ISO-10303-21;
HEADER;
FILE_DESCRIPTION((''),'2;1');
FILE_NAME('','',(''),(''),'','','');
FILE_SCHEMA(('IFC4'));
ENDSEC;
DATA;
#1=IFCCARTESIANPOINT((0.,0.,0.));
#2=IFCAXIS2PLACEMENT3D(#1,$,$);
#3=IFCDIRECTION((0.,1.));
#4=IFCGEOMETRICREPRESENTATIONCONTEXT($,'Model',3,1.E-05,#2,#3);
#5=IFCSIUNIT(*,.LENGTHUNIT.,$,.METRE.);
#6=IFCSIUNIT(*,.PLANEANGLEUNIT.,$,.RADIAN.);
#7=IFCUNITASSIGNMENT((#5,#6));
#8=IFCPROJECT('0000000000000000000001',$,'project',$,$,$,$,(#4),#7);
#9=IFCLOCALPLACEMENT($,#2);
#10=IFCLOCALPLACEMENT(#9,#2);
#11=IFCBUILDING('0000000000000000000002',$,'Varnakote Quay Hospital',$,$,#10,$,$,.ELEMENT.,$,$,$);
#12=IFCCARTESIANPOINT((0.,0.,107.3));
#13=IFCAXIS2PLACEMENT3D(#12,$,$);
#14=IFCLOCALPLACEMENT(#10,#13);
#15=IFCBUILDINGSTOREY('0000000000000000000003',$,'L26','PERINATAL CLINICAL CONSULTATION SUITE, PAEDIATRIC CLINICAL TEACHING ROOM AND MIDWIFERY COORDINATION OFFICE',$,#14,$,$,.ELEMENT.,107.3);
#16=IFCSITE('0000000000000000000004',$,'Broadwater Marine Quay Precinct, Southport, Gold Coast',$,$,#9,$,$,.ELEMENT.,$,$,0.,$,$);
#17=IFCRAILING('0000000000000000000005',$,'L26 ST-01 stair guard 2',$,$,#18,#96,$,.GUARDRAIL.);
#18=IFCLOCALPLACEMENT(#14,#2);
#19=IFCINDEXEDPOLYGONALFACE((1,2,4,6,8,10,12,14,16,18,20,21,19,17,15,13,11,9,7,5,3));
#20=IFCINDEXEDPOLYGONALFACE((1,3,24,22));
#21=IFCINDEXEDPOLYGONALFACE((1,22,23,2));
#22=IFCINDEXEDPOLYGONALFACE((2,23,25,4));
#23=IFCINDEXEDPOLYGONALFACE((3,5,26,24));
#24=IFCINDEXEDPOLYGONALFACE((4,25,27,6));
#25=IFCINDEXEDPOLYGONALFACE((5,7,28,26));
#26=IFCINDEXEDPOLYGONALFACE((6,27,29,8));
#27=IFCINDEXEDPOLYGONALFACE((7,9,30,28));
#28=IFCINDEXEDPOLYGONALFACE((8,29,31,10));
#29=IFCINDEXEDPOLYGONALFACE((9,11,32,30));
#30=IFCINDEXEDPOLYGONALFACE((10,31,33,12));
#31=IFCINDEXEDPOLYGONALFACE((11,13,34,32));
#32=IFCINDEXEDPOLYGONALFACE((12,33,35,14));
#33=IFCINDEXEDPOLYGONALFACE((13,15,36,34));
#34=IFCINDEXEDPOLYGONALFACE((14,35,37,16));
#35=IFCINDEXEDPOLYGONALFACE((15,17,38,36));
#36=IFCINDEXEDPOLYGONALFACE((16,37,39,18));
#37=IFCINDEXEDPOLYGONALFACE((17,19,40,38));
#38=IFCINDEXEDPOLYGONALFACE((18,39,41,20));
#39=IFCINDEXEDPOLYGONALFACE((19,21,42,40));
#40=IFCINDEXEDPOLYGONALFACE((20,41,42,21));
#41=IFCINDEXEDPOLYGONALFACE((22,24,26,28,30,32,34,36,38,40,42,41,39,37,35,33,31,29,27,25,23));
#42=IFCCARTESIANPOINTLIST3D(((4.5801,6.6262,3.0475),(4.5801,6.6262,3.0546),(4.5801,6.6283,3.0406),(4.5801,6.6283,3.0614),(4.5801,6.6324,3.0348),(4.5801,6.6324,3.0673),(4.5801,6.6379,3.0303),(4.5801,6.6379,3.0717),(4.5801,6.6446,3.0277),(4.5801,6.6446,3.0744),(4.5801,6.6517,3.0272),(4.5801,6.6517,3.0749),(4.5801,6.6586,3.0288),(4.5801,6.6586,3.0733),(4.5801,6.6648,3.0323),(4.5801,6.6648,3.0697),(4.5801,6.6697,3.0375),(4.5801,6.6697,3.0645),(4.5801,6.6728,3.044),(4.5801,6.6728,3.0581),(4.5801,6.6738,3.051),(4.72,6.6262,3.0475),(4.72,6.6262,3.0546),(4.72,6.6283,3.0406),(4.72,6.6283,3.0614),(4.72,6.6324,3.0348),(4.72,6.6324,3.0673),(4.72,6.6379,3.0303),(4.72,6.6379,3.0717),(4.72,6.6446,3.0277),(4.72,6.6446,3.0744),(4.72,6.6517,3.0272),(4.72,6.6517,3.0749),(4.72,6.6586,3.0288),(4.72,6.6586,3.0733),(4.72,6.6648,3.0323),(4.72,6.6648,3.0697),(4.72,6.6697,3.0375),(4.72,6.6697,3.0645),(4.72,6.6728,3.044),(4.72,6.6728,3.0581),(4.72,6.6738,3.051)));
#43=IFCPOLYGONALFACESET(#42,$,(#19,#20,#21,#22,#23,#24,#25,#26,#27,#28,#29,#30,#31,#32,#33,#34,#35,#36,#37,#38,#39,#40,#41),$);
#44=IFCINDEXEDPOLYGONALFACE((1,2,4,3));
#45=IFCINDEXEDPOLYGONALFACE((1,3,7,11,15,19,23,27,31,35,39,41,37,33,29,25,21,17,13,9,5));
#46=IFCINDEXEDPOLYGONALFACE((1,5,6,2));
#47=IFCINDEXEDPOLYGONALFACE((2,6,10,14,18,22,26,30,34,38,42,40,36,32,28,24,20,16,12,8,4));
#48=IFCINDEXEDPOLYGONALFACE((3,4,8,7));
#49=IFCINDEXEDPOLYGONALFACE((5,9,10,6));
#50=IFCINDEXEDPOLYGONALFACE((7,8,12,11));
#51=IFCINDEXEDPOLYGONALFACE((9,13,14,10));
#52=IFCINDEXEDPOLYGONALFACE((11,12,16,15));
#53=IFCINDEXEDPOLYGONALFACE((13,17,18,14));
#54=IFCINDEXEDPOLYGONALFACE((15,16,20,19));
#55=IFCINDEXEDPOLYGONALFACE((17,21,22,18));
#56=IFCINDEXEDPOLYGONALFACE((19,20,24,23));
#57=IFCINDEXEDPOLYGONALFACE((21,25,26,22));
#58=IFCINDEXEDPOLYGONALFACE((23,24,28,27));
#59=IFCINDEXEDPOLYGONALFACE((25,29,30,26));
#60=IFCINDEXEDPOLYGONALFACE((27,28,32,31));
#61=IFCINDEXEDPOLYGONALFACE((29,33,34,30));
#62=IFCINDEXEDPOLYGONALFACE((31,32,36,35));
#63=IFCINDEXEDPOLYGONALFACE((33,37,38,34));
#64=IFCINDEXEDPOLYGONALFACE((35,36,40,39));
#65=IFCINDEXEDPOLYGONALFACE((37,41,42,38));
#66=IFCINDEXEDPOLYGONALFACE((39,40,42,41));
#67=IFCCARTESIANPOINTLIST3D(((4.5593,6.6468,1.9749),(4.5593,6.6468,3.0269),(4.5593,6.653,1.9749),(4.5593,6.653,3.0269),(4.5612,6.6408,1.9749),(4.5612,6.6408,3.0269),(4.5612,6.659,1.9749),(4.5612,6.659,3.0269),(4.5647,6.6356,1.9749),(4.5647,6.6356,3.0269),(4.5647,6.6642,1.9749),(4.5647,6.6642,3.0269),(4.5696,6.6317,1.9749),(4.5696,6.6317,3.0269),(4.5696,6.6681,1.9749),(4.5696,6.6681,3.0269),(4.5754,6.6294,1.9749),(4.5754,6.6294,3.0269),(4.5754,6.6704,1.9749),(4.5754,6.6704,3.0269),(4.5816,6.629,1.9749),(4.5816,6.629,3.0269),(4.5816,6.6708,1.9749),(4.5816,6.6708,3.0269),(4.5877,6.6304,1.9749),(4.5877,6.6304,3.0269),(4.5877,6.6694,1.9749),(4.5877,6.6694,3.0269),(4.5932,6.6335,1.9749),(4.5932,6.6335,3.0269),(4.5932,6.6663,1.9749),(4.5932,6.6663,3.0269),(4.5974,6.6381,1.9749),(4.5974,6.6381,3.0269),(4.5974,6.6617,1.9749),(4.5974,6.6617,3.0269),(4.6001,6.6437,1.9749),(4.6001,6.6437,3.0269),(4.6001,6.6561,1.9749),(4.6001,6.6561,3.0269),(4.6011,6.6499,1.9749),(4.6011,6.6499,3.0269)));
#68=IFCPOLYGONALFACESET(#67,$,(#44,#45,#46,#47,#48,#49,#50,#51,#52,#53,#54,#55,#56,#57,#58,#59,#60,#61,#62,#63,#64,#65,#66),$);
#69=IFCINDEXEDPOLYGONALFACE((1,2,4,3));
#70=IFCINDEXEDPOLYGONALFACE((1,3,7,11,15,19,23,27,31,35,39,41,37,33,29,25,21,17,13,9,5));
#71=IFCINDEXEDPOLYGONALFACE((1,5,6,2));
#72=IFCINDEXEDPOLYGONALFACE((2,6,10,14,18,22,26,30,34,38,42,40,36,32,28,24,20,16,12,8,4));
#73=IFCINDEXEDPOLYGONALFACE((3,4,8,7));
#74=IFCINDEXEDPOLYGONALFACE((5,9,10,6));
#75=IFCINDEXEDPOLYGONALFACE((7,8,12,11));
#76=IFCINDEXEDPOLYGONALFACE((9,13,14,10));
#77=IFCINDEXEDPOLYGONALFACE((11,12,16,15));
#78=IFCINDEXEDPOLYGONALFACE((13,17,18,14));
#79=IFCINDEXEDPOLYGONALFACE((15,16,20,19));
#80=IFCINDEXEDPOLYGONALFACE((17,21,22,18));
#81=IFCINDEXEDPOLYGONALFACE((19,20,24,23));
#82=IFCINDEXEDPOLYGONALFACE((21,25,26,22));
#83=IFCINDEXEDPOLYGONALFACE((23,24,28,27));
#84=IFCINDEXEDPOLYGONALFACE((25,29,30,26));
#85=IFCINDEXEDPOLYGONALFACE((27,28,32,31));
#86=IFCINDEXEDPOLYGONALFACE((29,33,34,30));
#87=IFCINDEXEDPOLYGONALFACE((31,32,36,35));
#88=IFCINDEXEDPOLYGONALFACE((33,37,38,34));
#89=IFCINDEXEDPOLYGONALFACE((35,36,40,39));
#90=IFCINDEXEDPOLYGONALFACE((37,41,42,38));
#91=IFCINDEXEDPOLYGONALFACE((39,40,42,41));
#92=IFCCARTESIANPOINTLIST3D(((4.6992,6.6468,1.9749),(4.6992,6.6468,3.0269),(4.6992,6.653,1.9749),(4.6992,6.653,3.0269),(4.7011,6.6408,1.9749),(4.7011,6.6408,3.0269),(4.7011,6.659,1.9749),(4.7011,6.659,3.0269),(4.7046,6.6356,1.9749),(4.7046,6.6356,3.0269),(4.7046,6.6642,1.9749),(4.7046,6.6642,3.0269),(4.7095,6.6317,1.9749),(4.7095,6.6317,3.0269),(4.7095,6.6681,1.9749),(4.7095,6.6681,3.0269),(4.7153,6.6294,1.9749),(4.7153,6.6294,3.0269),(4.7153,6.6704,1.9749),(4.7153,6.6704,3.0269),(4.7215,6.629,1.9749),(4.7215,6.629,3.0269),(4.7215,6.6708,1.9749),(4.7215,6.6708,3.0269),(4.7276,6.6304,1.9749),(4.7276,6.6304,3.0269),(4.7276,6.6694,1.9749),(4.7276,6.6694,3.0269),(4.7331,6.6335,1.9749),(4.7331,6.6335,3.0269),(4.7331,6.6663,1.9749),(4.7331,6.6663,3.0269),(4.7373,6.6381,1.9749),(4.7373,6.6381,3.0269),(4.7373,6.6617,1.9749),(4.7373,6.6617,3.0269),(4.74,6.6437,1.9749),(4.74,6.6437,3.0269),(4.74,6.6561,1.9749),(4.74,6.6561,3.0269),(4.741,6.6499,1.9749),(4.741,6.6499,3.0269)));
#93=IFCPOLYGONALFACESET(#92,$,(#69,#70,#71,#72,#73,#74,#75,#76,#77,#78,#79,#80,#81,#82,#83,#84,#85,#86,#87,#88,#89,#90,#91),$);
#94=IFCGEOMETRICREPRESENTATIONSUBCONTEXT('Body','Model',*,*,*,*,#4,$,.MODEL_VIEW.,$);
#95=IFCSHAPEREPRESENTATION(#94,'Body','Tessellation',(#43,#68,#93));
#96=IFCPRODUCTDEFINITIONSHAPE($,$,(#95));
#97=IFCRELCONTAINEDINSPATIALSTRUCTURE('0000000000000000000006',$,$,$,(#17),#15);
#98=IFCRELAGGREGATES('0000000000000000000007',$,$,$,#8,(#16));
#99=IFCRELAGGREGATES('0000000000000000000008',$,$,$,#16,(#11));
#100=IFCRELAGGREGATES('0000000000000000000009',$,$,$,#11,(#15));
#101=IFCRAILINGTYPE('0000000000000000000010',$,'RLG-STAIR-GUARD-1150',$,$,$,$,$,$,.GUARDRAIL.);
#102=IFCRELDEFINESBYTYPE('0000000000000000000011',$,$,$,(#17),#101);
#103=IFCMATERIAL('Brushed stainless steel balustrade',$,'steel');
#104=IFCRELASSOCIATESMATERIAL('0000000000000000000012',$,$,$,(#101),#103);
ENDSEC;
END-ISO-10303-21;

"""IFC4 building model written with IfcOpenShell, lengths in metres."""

from ifc_helpers import new_model, si_unit, direction, frame, origin, origin_2d, place, context, subcontext, project, spatial, circle, extrude, material, type_object, element, save


model = new_model("IFC4")

# Units and contexts
model_context = context("Model", 3, precision=1e-05, world=origin(), true_north=direction((0.0, 1.0)))
body_context = subcontext(model_context, "Body", "Model", "MODEL_VIEW")
ifc_project = project(units=[si_unit("LENGTHUNIT", "METRE"), si_unit("PLANEANGLEUNIT", "RADIAN")], contexts=[model_context])

# Site, building, storey
site_placement = place(None, origin())
site = spatial("IfcSite", under=ifc_project, at=site_placement, Name="Broadwater Marine Quay Precinct, Southport, Gold Coast", CompositionType="ELEMENT", RefElevation=0.0)
building_placement = place(site_placement, origin())
building = spatial("IfcBuilding", under=site, at=building_placement, Name="Varnakote Quay Hospital", CompositionType="ELEMENT")
storey_placement = place(building_placement, frame((0.0, 0.0, 107.3)))
storey = spatial("IfcBuildingStorey", under=building, at=storey_placement, Name="L26", Description="PERINATAL CLINICAL CONSULTATION SUITE, PAEDIATRIC CLINICAL TEACHING ROOM AND MIDWIFERY COORDINATION OFFICE", CompositionType="ELEMENT", Elevation=107.3)

# Railing
ifc_material_1 = material(Name="Brushed stainless steel balustrade", Category="steel")
railing_type_1 = type_object("IfcRailingType", Name="RLG-STAIR-GUARD-1150", PredefinedType="GUARDRAIL", material=ifc_material_1)
railing_1_placement = place(storey_placement, frame((4.5801, 6.6499, 1.9749)))
element("IfcRailing", 1, at=railing_1_placement, inside=storey, type_object=railing_type_1, Name="L26 ST-01 stair guard 2", PredefinedType="GUARDRAIL", context=body_context, shape_type="SweptSolid", body=[
    extrude(circle(Radius=0.0239, at=origin_2d()), frame((0.0, 0.0, 1.0762), z_axis=(1.0, 0.0, 0.0), x_axis=(0.0, 1.0, 0.0)), (0.0, 0.0, 1.0), 0.1399),
    extrude(circle(Radius=0.021, at=origin_2d()), origin(), (0.0, 0.0, 1.0), 1.052),
    extrude(circle(Radius=0.021, at=origin_2d()), frame((0.1399, 0.0, 0.0)), (0.0, 0.0, 1.0), 1.052),
])

save(model, "model.ifc")
